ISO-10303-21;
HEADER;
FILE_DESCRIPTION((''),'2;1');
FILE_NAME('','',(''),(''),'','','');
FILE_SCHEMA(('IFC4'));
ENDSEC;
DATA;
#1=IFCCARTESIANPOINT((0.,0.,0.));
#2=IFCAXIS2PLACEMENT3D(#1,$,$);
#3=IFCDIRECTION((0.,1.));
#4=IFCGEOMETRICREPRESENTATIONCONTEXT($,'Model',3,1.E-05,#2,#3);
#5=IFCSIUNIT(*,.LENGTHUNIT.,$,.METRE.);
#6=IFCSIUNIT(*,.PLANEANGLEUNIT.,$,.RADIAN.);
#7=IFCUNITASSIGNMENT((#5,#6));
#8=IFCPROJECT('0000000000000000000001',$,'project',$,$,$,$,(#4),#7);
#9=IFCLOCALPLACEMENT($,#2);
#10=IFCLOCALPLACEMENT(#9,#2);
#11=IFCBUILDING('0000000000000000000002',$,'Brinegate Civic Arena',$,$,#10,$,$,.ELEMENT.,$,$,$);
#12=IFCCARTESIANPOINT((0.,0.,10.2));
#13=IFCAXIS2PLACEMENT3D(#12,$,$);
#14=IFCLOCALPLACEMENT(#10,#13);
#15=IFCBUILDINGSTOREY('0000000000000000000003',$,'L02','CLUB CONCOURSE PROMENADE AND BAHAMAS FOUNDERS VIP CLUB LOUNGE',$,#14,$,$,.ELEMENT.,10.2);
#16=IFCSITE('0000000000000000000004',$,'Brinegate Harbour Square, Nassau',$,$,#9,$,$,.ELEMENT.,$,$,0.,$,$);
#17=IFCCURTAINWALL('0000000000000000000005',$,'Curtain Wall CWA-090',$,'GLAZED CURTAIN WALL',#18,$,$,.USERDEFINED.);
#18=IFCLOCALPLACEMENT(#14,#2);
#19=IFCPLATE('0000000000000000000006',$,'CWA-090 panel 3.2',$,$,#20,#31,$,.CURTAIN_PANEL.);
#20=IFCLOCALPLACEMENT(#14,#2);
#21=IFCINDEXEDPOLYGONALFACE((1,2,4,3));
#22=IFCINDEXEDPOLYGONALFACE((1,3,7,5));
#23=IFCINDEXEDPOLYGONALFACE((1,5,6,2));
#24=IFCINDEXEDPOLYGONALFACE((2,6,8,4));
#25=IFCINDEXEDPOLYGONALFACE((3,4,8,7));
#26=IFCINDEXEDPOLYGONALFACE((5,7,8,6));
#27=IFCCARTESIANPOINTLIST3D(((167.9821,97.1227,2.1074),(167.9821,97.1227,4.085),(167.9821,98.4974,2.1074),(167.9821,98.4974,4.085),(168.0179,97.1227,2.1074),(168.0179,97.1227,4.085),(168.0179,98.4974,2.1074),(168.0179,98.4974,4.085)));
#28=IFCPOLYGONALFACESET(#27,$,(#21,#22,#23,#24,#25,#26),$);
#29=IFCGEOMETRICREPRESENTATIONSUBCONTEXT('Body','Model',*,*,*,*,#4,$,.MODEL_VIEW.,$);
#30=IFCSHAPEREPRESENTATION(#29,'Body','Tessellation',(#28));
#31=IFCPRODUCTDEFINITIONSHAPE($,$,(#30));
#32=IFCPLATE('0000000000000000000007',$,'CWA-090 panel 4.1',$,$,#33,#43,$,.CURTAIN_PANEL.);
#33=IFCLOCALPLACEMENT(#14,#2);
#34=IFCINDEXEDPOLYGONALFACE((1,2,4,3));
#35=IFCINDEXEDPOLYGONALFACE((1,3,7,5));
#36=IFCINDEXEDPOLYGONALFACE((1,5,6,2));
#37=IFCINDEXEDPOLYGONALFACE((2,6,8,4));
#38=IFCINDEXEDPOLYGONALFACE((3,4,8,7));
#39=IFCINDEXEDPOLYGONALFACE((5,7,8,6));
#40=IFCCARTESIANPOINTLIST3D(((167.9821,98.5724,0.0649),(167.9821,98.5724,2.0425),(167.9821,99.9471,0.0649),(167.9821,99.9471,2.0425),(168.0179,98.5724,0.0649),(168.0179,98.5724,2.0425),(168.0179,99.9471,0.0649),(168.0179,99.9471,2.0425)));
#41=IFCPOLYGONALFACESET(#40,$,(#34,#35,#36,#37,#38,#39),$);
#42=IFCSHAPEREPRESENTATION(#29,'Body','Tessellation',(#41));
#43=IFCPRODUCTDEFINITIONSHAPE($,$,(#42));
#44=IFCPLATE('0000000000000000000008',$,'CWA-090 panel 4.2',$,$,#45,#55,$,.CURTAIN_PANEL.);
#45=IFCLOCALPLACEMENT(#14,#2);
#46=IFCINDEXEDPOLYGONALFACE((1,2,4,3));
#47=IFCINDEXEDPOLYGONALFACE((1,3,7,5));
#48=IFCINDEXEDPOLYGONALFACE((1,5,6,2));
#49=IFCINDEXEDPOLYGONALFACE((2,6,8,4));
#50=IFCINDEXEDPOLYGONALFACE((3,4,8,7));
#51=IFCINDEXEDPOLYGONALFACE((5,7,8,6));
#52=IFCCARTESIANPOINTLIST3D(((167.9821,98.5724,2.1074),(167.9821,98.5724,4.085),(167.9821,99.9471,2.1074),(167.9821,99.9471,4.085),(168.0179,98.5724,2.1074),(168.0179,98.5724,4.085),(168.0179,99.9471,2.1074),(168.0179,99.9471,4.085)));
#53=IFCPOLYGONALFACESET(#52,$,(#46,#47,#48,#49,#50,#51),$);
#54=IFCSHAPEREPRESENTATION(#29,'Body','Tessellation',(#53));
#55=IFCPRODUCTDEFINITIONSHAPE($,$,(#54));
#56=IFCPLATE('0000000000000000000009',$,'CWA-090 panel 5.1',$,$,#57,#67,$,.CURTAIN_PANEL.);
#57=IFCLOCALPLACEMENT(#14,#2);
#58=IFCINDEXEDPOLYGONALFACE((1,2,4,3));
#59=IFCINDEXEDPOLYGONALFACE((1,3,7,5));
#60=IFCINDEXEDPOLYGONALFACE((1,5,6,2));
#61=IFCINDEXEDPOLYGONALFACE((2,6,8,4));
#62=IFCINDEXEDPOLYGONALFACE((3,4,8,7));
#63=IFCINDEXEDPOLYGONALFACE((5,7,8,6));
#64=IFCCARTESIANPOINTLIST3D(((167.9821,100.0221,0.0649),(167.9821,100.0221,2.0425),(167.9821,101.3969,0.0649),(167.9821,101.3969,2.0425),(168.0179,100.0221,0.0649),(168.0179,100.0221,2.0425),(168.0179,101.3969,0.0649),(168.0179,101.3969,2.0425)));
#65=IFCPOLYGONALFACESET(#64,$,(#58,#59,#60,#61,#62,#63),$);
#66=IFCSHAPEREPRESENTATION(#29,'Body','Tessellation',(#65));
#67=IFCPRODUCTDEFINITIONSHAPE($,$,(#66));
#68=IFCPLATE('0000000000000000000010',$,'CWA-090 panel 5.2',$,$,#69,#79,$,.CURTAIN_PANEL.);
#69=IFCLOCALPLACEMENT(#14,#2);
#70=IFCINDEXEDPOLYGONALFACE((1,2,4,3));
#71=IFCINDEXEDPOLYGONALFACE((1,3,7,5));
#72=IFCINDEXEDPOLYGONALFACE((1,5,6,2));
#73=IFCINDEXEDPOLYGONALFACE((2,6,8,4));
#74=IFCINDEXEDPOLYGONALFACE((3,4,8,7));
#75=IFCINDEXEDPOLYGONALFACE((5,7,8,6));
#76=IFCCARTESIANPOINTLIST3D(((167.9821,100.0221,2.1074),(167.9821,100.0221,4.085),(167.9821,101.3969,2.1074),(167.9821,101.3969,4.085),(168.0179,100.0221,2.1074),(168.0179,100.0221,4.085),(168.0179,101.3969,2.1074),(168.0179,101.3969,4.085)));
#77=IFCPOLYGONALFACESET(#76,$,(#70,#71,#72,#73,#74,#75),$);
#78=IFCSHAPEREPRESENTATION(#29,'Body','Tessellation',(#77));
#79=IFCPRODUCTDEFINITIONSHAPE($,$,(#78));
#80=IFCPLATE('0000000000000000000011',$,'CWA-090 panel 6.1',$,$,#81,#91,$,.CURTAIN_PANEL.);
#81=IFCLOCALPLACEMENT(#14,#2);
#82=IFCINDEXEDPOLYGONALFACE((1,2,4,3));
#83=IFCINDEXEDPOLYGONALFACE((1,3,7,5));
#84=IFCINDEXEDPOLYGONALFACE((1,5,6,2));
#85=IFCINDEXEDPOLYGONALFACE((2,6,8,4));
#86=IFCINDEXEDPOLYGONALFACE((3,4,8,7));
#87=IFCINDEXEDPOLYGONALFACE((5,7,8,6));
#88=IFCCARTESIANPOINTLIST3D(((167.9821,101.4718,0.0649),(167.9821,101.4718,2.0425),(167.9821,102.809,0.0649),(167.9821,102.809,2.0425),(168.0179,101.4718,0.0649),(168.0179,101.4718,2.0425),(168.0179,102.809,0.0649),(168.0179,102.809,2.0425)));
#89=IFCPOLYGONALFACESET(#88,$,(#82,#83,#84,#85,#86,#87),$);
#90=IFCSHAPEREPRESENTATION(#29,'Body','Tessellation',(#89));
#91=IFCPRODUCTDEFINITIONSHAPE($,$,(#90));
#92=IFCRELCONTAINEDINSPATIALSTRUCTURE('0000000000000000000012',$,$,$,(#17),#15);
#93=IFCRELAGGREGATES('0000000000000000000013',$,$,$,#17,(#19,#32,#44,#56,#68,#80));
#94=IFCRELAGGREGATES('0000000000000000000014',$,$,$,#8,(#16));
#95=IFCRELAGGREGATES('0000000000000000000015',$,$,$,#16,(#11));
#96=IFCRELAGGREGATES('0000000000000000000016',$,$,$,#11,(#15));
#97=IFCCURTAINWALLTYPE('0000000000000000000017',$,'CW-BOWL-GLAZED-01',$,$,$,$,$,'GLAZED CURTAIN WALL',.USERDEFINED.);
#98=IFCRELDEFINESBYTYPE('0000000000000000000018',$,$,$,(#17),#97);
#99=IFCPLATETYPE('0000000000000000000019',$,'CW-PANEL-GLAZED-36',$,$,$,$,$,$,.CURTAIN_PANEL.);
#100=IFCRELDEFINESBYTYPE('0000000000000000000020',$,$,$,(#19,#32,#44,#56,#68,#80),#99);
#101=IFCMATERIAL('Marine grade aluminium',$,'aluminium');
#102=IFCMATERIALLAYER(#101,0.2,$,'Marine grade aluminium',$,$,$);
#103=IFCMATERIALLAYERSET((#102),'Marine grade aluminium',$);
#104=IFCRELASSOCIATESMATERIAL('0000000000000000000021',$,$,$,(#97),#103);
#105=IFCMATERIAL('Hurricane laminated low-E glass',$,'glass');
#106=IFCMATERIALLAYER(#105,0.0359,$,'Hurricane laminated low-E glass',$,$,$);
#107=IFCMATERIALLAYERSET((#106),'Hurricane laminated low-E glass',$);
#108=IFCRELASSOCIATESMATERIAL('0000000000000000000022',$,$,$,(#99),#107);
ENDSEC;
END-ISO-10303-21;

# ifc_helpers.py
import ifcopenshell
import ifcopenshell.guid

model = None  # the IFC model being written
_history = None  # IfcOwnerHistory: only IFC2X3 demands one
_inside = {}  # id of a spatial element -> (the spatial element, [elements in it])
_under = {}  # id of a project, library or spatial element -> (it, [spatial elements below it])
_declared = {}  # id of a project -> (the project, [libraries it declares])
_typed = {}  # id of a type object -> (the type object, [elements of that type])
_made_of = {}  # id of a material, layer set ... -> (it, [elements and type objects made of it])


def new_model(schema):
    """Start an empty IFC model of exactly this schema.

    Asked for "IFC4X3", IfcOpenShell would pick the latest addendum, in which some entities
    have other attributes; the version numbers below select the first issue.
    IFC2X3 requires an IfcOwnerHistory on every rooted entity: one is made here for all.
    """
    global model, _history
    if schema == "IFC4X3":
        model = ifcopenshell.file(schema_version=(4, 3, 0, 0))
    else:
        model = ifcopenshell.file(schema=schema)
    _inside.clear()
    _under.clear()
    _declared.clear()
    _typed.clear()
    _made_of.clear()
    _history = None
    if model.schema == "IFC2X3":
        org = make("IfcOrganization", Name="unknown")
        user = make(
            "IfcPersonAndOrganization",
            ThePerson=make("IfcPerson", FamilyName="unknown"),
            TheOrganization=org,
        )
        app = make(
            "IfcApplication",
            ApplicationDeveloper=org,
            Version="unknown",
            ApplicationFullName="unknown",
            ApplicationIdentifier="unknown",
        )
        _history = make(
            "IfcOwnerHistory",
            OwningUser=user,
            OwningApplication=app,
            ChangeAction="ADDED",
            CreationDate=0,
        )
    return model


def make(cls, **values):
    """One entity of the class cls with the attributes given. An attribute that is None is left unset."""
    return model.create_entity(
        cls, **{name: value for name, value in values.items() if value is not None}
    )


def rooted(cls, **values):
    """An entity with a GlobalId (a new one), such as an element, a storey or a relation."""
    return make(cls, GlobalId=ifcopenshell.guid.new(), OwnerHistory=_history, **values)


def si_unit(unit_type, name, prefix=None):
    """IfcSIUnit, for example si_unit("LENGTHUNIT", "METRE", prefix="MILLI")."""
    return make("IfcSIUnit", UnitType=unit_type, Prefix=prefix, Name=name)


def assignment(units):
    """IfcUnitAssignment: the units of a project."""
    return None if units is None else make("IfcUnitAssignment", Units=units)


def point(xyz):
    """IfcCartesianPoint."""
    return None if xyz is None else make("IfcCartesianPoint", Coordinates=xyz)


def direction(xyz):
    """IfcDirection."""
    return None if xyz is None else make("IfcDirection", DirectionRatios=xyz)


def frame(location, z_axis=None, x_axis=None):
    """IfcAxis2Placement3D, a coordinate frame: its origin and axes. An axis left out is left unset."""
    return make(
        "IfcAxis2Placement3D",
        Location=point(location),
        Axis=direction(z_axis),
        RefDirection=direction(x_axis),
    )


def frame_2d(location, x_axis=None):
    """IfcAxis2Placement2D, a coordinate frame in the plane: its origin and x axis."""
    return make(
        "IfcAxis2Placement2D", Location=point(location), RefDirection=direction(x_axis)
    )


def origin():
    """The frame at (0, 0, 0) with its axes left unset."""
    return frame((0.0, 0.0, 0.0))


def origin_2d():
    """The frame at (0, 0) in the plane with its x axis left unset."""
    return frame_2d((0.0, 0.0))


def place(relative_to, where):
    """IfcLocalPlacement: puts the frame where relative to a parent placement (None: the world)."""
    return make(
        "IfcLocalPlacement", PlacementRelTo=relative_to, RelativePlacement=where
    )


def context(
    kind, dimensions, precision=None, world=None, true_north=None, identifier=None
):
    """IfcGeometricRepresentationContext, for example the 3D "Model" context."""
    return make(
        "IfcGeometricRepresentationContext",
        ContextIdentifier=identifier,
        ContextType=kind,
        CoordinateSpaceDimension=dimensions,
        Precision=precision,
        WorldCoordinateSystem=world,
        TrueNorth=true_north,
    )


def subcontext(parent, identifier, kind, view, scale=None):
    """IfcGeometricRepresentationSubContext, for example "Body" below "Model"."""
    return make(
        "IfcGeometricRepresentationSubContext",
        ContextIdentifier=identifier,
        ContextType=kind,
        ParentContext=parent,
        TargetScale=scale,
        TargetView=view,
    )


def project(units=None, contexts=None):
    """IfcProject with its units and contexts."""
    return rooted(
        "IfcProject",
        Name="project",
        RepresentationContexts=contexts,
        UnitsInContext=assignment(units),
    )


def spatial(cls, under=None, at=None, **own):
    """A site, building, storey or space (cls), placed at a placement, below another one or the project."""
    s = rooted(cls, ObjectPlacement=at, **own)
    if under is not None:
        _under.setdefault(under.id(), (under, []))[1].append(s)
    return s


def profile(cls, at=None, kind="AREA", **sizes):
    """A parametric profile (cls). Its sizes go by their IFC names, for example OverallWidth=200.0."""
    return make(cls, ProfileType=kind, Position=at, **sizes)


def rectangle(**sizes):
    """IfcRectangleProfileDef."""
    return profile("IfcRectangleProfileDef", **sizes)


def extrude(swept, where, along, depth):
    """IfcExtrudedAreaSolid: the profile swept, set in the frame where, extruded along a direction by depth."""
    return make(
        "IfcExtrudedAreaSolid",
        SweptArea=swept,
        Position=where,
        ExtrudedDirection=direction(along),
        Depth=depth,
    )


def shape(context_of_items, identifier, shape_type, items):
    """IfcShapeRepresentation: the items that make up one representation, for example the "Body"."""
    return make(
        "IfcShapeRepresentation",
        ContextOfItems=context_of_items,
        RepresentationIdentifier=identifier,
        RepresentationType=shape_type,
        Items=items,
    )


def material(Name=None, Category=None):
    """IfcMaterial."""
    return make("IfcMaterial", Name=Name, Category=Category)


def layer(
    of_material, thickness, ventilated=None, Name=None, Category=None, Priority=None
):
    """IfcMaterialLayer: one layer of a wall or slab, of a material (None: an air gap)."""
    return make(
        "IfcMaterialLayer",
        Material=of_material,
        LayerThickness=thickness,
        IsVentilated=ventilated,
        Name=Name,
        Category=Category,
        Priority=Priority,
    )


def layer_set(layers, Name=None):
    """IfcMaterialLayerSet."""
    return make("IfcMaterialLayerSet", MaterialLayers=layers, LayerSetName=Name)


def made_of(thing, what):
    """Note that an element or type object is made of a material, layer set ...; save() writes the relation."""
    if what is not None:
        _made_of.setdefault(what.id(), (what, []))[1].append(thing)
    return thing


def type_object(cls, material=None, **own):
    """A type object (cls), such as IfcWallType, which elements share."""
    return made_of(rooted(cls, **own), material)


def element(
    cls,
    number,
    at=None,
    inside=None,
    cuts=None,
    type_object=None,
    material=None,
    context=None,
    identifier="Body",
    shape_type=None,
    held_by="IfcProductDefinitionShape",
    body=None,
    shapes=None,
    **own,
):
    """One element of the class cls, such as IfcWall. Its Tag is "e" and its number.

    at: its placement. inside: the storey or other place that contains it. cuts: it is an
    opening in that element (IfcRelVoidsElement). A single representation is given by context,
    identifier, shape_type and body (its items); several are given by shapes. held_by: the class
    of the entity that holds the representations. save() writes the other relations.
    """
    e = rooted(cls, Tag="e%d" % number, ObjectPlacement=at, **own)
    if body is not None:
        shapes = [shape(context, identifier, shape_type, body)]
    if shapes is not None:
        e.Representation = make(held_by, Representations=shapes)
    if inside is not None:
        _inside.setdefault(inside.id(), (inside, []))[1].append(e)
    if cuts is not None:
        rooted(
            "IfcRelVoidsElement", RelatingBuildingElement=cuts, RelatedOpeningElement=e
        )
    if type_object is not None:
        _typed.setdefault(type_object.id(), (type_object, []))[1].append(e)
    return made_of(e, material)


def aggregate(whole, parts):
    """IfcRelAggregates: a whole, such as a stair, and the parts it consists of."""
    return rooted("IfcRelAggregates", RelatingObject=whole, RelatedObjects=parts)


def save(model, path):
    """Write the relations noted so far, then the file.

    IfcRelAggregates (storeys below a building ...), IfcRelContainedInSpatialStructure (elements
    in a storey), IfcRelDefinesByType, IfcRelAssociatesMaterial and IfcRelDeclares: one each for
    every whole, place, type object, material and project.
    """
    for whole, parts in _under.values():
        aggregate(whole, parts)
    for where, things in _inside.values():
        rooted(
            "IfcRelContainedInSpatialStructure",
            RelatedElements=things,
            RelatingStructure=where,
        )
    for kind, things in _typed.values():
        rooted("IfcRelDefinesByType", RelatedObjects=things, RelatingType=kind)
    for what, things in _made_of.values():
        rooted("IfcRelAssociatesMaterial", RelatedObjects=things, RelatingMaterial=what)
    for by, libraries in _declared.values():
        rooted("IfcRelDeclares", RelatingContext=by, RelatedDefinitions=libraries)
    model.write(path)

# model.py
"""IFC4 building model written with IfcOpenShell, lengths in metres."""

from ifc_helpers import new_model, si_unit, direction, frame, origin, origin_2d, place, context, subcontext, project, spatial, rectangle, extrude, material, layer, layer_set, type_object, element, aggregate, save


model = new_model("IFC4")

# Units and contexts
model_context = context("Model", 3, precision=1e-05, world=origin(), true_north=direction((0.0, 1.0)))
body_context = subcontext(model_context, "Body", "Model", "MODEL_VIEW")
ifc_project = project(units=[si_unit("LENGTHUNIT", "METRE"), si_unit("PLANEANGLEUNIT", "RADIAN")], contexts=[model_context])

# Site, building, storey
site_placement = place(None, origin())
site = spatial("IfcSite", under=ifc_project, at=site_placement, Name="Brinegate Harbour Square, Nassau", CompositionType="ELEMENT", RefElevation=0.0)
building_placement = place(site_placement, origin())
building = spatial("IfcBuilding", under=site, at=building_placement, Name="Brinegate Civic Arena", CompositionType="ELEMENT")
storey_placement = place(building_placement, frame((0.0, 0.0, 10.2)))
storey = spatial("IfcBuildingStorey", under=building, at=storey_placement, Name="L02", Description="CLUB CONCOURSE PROMENADE AND BAHAMAS FOUNDERS VIP CLUB LOUNGE", CompositionType="ELEMENT", Elevation=10.2)

# Shared definitions
ifc_material_1 = material(Name="Marine grade aluminium", Category="aluminium")
ifc_layer_1 = layer(ifc_material_1, 0.2, Name="Marine grade aluminium")
ifc_layer_set_1 = layer_set([ifc_layer_1], Name="Marine grade aluminium")
curtain_wall_type = type_object("IfcCurtainWallType", Name="CW-BOWL-GLAZED-01", ElementType="GLAZED CURTAIN WALL", PredefinedType="USERDEFINED", material=ifc_layer_set_1)

# Curtain wall
curtain_wall_1_placement = place(storey_placement, origin())
curtain_wall_1 = element("IfcCurtainWall", 1, at=curtain_wall_1_placement, inside=storey, type_object=curtain_wall_type, Name="Curtain Wall CWA-090", ObjectType="GLAZED CURTAIN WALL", PredefinedType="USERDEFINED")

# Plates
ifc_material_2 = material(Name="Hurricane laminated low-E glass", Category="glass")
ifc_layer_2 = layer(ifc_material_2, 0.0359, Name="Hurricane laminated low-E glass")
ifc_layer_set_2 = layer_set([ifc_layer_2], Name="Hurricane laminated low-E glass")
plate_type = type_object("IfcPlateType", Name="CW-PANEL-GLAZED-36", PredefinedType="CURTAIN_PANEL", material=ifc_layer_set_2)
plate_1_placement = place(storey_placement, frame((168.0, 97.8101, 2.1074), z_axis=(0.0, 0.0, 1.0), x_axis=(0.0, 1.0, 0.0)))
plate_1 = element("IfcPlate", 2, at=plate_1_placement, type_object=plate_type, Name="CWA-090 panel 3.2", PredefinedType="CURTAIN_PANEL", context=body_context, shape_type="SweptSolid", body=[
    extrude(rectangle(XDim=1.3748, YDim=0.0359, at=origin_2d()), origin(), (0.0, 0.0, 1.0), 1.9775),
])
plate_2_placement = place(storey_placement, frame((168.0, 99.2598, 0.0649), z_axis=(0.0, 0.0, 1.0), x_axis=(0.0, 1.0, 0.0)))
plate_2 = element("IfcPlate", 3, at=plate_2_placement, type_object=plate_type, Name="CWA-090 panel 4.1", PredefinedType="CURTAIN_PANEL", context=body_context, shape_type="SweptSolid", body=[
    extrude(rectangle(XDim=1.3748, YDim=0.0359, at=origin_2d()), origin(), (0.0, 0.0, 1.0), 1.9775),
])
plate_3_placement = place(storey_placement, frame((168.0, 99.2598, 2.1074), z_axis=(0.0, 0.0, 1.0), x_axis=(0.0, 1.0, 0.0)))
plate_3 = element("IfcPlate", 4, at=plate_3_placement, type_object=plate_type, Name="CWA-090 panel 4.2", PredefinedType="CURTAIN_PANEL", context=body_context, shape_type="SweptSolid", body=[
    extrude(rectangle(XDim=1.3748, YDim=0.0359, at=origin_2d()), origin(), (0.0, 0.0, 1.0), 1.9775),
])
plate_4_placement = place(storey_placement, frame((168.0, 100.7095, 0.0649), z_axis=(0.0, 0.0, 1.0), x_axis=(0.0, 1.0, 0.0)))
plate_4 = element("IfcPlate", 5, at=plate_4_placement, type_object=plate_type, Name="CWA-090 panel 5.1", PredefinedType="CURTAIN_PANEL", context=body_context, shape_type="SweptSolid", body=[
    extrude(rectangle(XDim=1.3748, YDim=0.0359, at=origin_2d()), origin(), (0.0, 0.0, 1.0), 1.9775),
])
plate_5_placement = place(storey_placement, frame((168.0, 100.7095, 2.1074), z_axis=(0.0, 0.0, 1.0), x_axis=(0.0, 1.0, 0.0)))
plate_5 = element("IfcPlate", 6, at=plate_5_placement, type_object=plate_type, Name="CWA-090 panel 5.2", PredefinedType="CURTAIN_PANEL", context=body_context, shape_type="SweptSolid", body=[
    extrude(rectangle(XDim=1.3748, YDim=0.0359, at=origin_2d()), origin(), (0.0, 0.0, 1.0), 1.9775),
])
plate_6_placement = place(storey_placement, frame((168.0, 102.1404, 0.0649), z_axis=(0.0, 0.0, 1.0), x_axis=(0.0, 1.0, 0.0)))
plate_6 = element("IfcPlate", 7, at=plate_6_placement, type_object=plate_type, Name="CWA-090 panel 6.1", PredefinedType="CURTAIN_PANEL", context=body_context, shape_type="SweptSolid", body=[
    extrude(rectangle(XDim=1.3372, YDim=0.0359, at=origin_2d()), origin(), (0.0, 0.0, 1.0), 1.9775),
])
aggregate(curtain_wall_1, [plate_1, plate_2, plate_3, plate_4, plate_5, plate_6])

save(model, "model.ifc")
